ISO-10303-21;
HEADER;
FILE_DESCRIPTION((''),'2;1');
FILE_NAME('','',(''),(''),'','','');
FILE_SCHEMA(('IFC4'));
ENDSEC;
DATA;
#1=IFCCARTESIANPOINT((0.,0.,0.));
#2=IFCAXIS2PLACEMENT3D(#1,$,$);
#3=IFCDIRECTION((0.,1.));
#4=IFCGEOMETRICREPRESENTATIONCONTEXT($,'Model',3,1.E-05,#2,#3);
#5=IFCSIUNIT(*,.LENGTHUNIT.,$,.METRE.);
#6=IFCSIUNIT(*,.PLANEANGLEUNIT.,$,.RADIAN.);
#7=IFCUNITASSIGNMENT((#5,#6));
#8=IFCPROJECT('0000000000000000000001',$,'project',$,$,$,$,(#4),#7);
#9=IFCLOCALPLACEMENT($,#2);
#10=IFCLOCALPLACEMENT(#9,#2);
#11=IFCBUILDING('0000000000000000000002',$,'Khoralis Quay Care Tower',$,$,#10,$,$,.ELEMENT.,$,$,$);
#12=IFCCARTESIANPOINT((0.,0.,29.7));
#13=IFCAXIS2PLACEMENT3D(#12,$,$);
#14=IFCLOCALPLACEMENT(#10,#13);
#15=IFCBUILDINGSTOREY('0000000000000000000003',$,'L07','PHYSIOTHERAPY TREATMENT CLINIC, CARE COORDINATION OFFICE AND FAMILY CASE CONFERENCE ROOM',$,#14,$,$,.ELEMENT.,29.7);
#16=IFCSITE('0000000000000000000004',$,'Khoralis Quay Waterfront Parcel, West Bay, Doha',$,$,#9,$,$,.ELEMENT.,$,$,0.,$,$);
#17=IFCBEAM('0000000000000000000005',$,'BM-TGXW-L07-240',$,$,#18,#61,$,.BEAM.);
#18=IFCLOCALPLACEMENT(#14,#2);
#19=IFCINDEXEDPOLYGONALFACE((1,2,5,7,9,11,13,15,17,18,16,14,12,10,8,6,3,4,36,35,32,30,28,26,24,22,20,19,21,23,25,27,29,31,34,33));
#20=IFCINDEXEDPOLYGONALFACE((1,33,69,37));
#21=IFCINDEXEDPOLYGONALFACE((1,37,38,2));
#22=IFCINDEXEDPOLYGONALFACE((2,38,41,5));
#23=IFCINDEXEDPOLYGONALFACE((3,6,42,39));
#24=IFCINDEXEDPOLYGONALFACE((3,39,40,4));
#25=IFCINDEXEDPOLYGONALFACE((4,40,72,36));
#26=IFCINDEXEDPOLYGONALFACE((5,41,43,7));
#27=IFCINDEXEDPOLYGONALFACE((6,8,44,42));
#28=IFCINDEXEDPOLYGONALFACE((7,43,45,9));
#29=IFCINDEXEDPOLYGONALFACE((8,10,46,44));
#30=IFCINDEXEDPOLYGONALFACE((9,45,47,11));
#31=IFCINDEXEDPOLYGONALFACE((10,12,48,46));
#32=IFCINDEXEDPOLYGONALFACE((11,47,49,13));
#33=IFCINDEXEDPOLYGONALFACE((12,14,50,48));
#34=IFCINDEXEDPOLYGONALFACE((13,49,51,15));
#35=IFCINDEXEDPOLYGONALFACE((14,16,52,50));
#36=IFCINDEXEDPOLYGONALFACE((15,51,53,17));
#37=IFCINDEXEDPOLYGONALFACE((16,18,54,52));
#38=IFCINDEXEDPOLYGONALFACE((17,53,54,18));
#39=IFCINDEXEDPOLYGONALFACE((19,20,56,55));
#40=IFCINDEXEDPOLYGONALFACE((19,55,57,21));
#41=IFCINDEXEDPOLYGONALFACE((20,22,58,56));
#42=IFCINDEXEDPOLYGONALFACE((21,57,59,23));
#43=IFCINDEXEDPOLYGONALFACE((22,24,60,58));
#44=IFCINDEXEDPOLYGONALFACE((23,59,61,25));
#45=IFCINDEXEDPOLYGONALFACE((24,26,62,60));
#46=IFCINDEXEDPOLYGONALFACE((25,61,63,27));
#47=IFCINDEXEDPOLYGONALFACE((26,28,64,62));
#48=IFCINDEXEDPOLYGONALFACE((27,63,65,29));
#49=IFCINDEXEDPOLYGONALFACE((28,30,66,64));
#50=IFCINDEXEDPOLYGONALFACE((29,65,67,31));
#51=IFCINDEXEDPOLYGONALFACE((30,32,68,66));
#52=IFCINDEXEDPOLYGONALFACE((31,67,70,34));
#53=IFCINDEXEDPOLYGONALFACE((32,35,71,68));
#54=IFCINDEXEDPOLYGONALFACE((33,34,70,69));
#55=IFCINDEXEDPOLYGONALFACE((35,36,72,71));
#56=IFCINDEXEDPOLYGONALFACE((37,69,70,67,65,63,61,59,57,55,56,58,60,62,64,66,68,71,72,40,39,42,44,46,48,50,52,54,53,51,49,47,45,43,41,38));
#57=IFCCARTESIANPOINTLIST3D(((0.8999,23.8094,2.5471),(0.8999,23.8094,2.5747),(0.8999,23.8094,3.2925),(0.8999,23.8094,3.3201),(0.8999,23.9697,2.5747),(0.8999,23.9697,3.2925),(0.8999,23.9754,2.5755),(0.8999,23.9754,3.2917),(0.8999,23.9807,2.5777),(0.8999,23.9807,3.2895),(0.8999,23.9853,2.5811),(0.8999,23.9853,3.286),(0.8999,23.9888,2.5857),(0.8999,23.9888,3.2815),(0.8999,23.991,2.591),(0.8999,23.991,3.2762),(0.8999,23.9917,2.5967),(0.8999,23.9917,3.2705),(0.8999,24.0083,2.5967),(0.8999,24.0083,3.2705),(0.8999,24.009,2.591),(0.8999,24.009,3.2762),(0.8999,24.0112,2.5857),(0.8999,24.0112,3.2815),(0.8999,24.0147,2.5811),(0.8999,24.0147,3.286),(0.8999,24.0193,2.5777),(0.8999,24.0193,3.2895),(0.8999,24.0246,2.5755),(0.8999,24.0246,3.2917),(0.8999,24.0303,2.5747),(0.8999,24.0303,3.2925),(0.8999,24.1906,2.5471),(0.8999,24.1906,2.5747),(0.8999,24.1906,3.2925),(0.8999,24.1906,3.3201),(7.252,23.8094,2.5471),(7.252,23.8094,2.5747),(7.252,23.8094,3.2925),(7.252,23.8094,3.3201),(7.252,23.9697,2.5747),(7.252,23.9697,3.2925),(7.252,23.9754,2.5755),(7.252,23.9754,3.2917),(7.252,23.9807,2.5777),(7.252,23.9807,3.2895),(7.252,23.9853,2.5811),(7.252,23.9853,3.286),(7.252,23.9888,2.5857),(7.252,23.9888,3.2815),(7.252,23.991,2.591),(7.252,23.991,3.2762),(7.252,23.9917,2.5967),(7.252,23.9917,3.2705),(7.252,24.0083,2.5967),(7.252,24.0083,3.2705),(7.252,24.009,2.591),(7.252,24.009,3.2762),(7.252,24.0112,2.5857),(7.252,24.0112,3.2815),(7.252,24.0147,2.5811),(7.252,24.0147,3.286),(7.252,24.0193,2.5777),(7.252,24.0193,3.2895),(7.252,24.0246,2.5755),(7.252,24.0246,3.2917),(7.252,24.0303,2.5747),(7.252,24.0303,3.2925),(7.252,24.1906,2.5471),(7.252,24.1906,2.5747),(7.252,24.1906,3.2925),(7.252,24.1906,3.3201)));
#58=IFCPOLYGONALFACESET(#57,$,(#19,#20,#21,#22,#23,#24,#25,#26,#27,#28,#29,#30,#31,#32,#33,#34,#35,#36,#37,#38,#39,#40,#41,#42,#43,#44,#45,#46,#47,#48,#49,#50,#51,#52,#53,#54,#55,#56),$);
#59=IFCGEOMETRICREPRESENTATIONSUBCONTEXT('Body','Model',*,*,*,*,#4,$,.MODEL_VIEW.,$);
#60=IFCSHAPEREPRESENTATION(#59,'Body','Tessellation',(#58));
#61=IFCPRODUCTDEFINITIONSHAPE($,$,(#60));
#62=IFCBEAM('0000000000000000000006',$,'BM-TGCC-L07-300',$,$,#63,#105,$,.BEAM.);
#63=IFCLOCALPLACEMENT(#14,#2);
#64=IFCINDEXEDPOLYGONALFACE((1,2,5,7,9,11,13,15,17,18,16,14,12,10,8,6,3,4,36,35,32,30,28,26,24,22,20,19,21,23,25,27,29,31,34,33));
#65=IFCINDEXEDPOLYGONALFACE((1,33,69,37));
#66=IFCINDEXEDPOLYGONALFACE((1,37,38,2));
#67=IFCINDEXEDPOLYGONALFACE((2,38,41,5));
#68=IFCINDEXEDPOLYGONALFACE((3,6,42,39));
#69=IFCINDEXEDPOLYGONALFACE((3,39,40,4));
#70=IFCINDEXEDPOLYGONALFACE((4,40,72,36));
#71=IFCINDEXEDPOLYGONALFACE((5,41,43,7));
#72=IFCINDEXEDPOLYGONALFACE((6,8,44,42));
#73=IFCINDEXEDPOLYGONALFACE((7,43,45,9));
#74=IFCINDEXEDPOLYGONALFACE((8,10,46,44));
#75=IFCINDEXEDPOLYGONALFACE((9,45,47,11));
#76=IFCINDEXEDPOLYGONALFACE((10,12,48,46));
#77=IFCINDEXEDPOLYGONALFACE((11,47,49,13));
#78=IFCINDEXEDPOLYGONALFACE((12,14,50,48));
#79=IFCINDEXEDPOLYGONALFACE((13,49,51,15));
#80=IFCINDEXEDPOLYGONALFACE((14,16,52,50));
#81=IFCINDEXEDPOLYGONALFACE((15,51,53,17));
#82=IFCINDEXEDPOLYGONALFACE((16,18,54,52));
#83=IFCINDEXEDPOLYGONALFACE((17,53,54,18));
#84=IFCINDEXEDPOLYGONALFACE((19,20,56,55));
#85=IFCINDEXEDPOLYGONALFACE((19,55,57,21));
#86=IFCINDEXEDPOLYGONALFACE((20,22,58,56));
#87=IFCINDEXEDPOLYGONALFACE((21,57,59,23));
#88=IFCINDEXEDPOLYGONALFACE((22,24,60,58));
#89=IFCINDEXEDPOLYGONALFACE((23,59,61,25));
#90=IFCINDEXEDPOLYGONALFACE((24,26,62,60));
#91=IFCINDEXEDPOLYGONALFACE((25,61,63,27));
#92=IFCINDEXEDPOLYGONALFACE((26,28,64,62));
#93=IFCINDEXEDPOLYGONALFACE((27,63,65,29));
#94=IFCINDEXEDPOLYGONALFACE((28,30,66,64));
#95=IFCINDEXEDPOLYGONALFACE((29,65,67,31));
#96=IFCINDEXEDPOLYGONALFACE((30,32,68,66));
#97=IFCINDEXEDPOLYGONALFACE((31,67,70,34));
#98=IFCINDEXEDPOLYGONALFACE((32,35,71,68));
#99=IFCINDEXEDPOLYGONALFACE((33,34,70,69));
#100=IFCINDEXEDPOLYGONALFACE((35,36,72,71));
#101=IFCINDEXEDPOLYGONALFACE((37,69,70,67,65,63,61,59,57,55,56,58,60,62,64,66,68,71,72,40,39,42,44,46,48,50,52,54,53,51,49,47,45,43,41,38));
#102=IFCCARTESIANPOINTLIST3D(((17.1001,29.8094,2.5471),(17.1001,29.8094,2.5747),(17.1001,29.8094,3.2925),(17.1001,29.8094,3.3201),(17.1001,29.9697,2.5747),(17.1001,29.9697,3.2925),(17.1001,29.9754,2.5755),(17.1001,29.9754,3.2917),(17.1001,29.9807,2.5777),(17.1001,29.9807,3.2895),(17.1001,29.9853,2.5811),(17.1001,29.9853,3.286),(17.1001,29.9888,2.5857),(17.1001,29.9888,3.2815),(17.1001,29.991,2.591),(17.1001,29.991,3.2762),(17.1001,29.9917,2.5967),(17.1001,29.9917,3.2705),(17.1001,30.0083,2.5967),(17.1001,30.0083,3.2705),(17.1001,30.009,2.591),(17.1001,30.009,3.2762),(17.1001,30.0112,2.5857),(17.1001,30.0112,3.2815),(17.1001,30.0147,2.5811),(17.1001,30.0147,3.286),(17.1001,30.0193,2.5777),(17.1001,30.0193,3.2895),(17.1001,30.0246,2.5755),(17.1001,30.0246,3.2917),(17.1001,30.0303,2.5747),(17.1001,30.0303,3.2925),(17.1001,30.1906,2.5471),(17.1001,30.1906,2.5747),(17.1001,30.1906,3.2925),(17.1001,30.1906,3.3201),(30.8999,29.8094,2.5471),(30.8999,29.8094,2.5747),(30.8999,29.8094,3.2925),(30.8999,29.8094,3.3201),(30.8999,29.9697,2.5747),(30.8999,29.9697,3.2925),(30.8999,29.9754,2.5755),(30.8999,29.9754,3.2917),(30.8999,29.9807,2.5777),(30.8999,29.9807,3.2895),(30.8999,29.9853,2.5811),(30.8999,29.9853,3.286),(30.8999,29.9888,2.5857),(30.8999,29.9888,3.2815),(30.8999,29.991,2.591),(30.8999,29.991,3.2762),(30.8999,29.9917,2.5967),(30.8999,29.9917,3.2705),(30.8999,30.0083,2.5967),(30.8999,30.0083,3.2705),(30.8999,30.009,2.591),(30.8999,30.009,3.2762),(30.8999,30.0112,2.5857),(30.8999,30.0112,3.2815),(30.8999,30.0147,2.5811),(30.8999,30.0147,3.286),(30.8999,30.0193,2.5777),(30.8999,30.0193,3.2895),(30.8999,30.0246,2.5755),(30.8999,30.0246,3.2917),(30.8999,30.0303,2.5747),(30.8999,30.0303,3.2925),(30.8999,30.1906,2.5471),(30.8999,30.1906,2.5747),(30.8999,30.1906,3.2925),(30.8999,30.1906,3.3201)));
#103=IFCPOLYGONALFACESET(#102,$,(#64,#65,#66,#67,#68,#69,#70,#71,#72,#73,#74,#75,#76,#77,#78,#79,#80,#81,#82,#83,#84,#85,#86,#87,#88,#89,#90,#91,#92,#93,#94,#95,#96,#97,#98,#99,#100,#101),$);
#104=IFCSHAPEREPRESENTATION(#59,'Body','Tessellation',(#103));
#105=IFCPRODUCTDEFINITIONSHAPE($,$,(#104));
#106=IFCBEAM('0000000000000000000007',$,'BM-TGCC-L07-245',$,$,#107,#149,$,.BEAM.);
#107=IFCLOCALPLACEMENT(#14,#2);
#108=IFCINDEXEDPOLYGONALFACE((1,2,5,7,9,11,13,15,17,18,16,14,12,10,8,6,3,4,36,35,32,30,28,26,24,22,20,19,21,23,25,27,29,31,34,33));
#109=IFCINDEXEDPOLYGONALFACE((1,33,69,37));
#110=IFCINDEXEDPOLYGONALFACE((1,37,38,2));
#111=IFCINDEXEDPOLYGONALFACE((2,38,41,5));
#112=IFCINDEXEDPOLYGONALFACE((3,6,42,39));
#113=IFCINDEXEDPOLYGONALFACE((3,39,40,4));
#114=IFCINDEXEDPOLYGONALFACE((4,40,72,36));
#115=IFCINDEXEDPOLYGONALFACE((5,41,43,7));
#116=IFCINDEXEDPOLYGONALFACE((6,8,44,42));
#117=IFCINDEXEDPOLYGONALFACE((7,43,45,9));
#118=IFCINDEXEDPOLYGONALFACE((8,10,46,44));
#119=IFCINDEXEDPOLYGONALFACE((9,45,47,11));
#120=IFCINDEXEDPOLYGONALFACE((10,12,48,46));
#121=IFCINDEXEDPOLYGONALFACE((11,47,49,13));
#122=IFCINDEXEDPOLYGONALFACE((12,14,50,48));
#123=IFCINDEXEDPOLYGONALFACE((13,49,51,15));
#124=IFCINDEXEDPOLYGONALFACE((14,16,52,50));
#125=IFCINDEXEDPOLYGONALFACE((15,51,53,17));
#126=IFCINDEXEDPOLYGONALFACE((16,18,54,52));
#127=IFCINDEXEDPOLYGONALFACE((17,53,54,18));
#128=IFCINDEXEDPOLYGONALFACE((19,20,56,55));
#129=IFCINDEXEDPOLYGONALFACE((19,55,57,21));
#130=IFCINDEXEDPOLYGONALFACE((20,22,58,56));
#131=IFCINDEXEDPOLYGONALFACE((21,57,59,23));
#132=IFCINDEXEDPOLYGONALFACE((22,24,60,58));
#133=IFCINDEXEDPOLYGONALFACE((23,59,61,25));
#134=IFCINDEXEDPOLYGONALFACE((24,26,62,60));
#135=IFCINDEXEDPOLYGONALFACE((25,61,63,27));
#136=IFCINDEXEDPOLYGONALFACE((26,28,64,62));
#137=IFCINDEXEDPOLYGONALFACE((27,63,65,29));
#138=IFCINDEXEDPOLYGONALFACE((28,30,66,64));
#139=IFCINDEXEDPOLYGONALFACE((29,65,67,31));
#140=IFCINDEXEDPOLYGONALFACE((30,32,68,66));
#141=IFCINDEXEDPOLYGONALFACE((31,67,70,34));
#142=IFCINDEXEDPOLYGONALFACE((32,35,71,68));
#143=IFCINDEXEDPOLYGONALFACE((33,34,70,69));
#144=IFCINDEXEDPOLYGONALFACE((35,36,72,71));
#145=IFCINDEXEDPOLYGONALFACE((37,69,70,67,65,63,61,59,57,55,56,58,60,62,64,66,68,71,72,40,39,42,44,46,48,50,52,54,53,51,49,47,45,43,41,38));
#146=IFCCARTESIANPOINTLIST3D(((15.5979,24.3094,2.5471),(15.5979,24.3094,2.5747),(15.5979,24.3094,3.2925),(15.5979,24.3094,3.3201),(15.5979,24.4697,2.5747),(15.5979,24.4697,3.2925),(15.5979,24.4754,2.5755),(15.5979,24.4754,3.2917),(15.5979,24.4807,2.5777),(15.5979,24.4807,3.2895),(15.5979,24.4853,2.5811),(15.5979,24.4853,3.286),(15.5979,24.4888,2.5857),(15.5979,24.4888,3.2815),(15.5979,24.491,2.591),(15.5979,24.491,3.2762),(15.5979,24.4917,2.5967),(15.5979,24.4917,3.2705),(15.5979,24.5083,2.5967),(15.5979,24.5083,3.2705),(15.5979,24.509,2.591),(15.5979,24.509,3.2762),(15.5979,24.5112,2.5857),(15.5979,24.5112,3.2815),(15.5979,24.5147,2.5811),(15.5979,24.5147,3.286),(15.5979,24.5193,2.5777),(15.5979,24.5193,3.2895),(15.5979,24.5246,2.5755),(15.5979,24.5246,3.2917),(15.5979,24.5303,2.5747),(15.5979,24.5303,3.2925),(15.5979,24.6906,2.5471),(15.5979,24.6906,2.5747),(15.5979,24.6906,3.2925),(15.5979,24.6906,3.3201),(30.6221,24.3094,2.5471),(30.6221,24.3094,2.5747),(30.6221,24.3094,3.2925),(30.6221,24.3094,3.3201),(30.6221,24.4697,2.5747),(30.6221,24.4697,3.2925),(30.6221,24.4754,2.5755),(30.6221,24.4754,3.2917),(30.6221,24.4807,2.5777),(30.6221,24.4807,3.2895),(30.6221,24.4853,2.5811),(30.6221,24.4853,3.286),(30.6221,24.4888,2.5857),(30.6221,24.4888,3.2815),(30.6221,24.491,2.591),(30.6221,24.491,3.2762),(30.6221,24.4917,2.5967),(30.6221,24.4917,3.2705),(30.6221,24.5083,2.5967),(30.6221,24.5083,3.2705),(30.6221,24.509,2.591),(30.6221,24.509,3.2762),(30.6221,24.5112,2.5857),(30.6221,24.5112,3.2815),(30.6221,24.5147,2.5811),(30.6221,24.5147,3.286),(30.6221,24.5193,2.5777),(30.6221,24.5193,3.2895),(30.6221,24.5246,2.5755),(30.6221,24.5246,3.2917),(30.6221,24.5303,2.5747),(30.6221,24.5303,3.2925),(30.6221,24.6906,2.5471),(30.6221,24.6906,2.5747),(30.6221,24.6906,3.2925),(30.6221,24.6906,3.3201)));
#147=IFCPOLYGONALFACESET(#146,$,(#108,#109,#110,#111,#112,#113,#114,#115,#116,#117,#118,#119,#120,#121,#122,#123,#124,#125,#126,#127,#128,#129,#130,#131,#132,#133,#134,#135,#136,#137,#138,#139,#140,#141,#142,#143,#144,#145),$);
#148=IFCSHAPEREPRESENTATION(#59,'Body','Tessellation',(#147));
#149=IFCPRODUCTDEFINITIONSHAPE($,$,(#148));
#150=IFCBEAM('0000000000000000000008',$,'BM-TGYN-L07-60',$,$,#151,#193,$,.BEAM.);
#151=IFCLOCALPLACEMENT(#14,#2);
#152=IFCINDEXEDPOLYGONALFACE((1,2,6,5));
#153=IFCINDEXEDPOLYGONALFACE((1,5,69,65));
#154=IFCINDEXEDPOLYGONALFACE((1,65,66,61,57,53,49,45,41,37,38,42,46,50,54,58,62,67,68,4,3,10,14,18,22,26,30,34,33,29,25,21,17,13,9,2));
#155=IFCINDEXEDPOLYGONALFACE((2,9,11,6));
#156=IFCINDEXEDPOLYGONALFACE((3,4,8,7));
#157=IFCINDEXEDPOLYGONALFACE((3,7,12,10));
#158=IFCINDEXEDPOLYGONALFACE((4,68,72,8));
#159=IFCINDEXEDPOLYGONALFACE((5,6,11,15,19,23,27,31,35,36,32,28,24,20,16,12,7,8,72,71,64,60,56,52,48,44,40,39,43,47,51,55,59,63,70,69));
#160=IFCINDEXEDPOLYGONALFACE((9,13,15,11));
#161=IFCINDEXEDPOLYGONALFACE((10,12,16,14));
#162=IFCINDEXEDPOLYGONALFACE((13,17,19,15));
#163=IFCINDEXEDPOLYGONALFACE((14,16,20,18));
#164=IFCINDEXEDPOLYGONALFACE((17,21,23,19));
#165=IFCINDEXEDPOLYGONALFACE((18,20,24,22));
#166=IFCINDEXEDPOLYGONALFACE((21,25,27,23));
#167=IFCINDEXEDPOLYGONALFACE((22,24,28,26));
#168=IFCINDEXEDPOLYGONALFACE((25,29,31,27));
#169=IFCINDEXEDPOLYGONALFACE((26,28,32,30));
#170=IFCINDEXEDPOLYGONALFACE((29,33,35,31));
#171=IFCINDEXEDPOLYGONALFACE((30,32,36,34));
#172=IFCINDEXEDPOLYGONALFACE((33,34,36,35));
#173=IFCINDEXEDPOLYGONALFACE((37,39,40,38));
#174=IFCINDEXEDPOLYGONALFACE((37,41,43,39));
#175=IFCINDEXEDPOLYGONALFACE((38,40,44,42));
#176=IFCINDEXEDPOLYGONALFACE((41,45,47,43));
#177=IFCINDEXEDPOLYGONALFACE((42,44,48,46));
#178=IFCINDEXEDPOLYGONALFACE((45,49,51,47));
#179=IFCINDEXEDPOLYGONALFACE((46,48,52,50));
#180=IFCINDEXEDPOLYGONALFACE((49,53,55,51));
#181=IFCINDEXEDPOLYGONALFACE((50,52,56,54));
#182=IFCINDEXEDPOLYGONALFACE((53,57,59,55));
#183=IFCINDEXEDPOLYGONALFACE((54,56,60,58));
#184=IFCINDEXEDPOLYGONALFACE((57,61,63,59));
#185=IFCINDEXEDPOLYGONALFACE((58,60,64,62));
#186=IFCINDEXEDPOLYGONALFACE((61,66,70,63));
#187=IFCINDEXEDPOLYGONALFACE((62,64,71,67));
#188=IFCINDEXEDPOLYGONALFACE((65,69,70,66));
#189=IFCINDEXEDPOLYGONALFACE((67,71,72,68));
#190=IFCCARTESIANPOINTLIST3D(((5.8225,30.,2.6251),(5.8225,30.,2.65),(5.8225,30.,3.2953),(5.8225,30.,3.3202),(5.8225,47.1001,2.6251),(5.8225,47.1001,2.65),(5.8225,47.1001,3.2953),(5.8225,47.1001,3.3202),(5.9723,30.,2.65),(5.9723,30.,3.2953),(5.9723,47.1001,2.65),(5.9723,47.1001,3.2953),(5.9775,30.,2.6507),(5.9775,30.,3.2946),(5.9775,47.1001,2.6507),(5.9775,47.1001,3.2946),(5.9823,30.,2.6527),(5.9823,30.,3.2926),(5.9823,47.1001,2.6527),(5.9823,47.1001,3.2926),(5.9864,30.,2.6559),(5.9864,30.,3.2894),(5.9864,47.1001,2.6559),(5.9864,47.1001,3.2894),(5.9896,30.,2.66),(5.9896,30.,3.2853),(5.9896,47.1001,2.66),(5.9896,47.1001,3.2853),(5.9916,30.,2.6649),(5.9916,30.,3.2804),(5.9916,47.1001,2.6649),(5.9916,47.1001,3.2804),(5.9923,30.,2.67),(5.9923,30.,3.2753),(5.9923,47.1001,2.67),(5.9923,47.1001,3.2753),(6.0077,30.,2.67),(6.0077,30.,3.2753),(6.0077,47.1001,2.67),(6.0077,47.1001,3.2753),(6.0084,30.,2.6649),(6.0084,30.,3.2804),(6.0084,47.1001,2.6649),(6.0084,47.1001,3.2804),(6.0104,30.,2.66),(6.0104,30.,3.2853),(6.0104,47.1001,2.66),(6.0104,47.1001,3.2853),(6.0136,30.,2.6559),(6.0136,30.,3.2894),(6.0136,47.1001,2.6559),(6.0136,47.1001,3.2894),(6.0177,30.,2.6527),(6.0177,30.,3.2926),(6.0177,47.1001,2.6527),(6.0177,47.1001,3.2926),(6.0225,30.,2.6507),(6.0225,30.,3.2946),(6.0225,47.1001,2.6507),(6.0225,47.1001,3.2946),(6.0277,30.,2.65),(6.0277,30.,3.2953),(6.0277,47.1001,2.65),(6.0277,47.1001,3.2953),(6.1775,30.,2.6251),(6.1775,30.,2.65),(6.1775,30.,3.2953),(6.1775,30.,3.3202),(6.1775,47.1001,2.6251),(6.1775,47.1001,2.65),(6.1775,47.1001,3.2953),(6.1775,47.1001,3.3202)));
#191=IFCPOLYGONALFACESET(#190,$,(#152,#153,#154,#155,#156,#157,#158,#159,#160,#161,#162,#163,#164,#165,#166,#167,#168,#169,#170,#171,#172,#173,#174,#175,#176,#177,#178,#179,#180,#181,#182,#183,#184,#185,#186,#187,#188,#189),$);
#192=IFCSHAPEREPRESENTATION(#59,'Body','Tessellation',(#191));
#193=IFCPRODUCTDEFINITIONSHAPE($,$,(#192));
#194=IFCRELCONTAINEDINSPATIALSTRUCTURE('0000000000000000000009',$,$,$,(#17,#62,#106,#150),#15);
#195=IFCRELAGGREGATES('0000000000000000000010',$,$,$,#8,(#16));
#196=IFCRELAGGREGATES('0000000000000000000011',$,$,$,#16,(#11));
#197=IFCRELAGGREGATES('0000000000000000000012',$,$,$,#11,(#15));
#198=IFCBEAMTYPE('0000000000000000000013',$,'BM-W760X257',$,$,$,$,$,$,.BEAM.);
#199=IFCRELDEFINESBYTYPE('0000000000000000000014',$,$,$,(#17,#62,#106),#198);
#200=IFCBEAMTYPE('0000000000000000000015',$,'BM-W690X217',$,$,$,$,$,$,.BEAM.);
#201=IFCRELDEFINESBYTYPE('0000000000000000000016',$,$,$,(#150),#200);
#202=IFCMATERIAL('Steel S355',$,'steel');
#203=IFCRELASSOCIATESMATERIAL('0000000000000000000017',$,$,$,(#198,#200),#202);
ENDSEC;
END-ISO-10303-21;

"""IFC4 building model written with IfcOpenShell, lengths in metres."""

from ifc_helpers import new_model, si_unit, direction, frame, origin, origin_2d, place, context, subcontext, project, spatial, i_section, extrude, source, transform, mapped, material, material_profile, profile_set, type_object, element, save


model = new_model("IFC4")

# Units and contexts
model_context = context("Model", 3, precision=1e-05, world=origin(), true_north=direction((0.0, 1.0)))
body_context = subcontext(model_context, "Body", "Model", "MODEL_VIEW")
ifc_project = project(units=[si_unit("LENGTHUNIT", "METRE"), si_unit("PLANEANGLEUNIT", "RADIAN")], contexts=[model_context])

# Site, building, storey
site_placement = place(None, origin())
site = spatial("IfcSite", under=ifc_project, at=site_placement, Name="Khoralis Quay Waterfront Parcel, West Bay, Doha", CompositionType="ELEMENT", RefElevation=0.0)
building_placement = place(site_placement, origin())
building = spatial("IfcBuilding", under=site, at=building_placement, Name="Khoralis Quay Care Tower", CompositionType="ELEMENT")
storey_placement = place(building_placement, frame((0.0, 0.0, 29.7)))
storey = spatial("IfcBuildingStorey", under=building, at=storey_placement, Name="L07", Description="PHYSIOTHERAPY TREATMENT CLINIC, CARE COORDINATION OFFICE AND FAMILY CASE CONFERENCE ROOM", CompositionType="ELEMENT", Elevation=29.7)

# Beams
ifc_material_1 = material(Name="Steel S355", Category="steel")
ifc_material_profile_1 = material_profile(ifc_material_1, i_section(OverallWidth=0.3811, OverallDepth=0.7729, WebThickness=0.0166, FlangeThickness=0.0276, FilletRadius=0.022, at=origin_2d()), Name="Steel S355")
ifc_profile_set_1 = profile_set([ifc_material_profile_1], Name="Steel S355")
beam_type_1 = type_object("IfcBeamType", Name="BM-W760X257", PredefinedType="BEAM", material=ifc_profile_set_1)
shared_shape_1 = source(origin(), body_context, "Body", "SweptSolid", [
    extrude(i_section(OverallWidth=0.3811, OverallDepth=0.7729, WebThickness=0.0166, FlangeThickness=0.0276, FilletRadius=0.022, at=origin_2d()), origin(), (0.0, 0.0, 1.0), 6.3521),
])
beam_1_placement = place(storey_placement, frame((0.8999, 24.0, 2.9336), z_axis=(1.0, 0.0, 0.0), x_axis=(0.0, 1.0, 0.0)))
element("IfcBeam", 1, at=beam_1_placement, inside=storey, type_object=beam_type_1, Name="BM-TGXW-L07-240", PredefinedType="BEAM", context=body_context, shape_type="MappedRepresentation", body=[
    mapped(shared_shape_1, transform((0.0, 0.0, 0.0), scale=1.0)),
])
shared_shape_2 = source(origin(), body_context, "Body", "SweptSolid", [
    extrude(i_section(OverallWidth=0.3811, OverallDepth=0.7729, WebThickness=0.0166, FlangeThickness=0.0276, FilletRadius=0.022, at=origin_2d()), origin(), (0.0, 0.0, 1.0), 13.7998),
])
beam_2_placement = place(storey_placement, frame((17.1001, 30.0, 2.9336), z_axis=(1.0, 0.0, 0.0), x_axis=(0.0, 1.0, 0.0)))
element("IfcBeam", 2, at=beam_2_placement, inside=storey, type_object=beam_type_1, Name="BM-TGCC-L07-300", PredefinedType="BEAM", context=body_context, shape_type="MappedRepresentation", body=[
    mapped(shared_shape_2, transform((0.0, 0.0, 0.0), scale=1.0)),
])
shared_shape_3 = source(origin(), body_context, "Body", "SweptSolid", [
    extrude(i_section(OverallWidth=0.3811, OverallDepth=0.7729, WebThickness=0.0166, FlangeThickness=0.0276, FilletRadius=0.022, at=origin_2d()), origin(), (0.0, 0.0, 1.0), 15.0242),
])
beam_3_placement = place(storey_placement, frame((15.5979, 24.5, 2.9336), z_axis=(1.0, 0.0, 0.0), x_axis=(0.0, 1.0, 0.0)))
element("IfcBeam", 3, at=beam_3_placement, inside=storey, type_object=beam_type_1, Name="BM-TGCC-L07-245", PredefinedType="BEAM", context=body_context, shape_type="MappedRepresentation", body=[
    mapped(shared_shape_3, transform((0.0, 0.0, 0.0), scale=1.0)),
])
ifc_material_profile_2 = material_profile(ifc_material_1, i_section(OverallWidth=0.355, OverallDepth=0.6951, WebThickness=0.0154, FlangeThickness=0.0249, FilletRadius=0.02, at=origin_2d()), Name="Steel S355")
ifc_profile_set_2 = profile_set([ifc_material_profile_2], Name="Steel S355")
beam_type_2 = type_object("IfcBeamType", Name="BM-W690X217", PredefinedType="BEAM", material=ifc_profile_set_2)
shared_shape_4 = source(origin(), body_context, "Body", "SweptSolid", [
    extrude(i_section(OverallWidth=0.355, OverallDepth=0.6951, WebThickness=0.0154, FlangeThickness=0.0249, FilletRadius=0.02, at=origin_2d()), origin(), (0.0, 0.0, 1.0), 17.1001),
])
for number, where, z_axis, x_axis, name in (
    (4, (6.0, 30.0, 2.9727), (0.0, 1.0, 0.0), (-1.0, 0.0, 0.0), "BM-TGYN-L07-60"),
):
    element("IfcBeam", number, at=place(storey_placement, frame(where, z_axis=z_axis, x_axis=x_axis)), inside=storey, type_object=beam_type_2, Name=name, PredefinedType="BEAM", context=body_context, shape_type="MappedRepresentation", body=[
        mapped(shared_shape_4, transform((0.0, 0.0, 0.0), scale=1.0)),
    ])

save(model, "model.ifc")
